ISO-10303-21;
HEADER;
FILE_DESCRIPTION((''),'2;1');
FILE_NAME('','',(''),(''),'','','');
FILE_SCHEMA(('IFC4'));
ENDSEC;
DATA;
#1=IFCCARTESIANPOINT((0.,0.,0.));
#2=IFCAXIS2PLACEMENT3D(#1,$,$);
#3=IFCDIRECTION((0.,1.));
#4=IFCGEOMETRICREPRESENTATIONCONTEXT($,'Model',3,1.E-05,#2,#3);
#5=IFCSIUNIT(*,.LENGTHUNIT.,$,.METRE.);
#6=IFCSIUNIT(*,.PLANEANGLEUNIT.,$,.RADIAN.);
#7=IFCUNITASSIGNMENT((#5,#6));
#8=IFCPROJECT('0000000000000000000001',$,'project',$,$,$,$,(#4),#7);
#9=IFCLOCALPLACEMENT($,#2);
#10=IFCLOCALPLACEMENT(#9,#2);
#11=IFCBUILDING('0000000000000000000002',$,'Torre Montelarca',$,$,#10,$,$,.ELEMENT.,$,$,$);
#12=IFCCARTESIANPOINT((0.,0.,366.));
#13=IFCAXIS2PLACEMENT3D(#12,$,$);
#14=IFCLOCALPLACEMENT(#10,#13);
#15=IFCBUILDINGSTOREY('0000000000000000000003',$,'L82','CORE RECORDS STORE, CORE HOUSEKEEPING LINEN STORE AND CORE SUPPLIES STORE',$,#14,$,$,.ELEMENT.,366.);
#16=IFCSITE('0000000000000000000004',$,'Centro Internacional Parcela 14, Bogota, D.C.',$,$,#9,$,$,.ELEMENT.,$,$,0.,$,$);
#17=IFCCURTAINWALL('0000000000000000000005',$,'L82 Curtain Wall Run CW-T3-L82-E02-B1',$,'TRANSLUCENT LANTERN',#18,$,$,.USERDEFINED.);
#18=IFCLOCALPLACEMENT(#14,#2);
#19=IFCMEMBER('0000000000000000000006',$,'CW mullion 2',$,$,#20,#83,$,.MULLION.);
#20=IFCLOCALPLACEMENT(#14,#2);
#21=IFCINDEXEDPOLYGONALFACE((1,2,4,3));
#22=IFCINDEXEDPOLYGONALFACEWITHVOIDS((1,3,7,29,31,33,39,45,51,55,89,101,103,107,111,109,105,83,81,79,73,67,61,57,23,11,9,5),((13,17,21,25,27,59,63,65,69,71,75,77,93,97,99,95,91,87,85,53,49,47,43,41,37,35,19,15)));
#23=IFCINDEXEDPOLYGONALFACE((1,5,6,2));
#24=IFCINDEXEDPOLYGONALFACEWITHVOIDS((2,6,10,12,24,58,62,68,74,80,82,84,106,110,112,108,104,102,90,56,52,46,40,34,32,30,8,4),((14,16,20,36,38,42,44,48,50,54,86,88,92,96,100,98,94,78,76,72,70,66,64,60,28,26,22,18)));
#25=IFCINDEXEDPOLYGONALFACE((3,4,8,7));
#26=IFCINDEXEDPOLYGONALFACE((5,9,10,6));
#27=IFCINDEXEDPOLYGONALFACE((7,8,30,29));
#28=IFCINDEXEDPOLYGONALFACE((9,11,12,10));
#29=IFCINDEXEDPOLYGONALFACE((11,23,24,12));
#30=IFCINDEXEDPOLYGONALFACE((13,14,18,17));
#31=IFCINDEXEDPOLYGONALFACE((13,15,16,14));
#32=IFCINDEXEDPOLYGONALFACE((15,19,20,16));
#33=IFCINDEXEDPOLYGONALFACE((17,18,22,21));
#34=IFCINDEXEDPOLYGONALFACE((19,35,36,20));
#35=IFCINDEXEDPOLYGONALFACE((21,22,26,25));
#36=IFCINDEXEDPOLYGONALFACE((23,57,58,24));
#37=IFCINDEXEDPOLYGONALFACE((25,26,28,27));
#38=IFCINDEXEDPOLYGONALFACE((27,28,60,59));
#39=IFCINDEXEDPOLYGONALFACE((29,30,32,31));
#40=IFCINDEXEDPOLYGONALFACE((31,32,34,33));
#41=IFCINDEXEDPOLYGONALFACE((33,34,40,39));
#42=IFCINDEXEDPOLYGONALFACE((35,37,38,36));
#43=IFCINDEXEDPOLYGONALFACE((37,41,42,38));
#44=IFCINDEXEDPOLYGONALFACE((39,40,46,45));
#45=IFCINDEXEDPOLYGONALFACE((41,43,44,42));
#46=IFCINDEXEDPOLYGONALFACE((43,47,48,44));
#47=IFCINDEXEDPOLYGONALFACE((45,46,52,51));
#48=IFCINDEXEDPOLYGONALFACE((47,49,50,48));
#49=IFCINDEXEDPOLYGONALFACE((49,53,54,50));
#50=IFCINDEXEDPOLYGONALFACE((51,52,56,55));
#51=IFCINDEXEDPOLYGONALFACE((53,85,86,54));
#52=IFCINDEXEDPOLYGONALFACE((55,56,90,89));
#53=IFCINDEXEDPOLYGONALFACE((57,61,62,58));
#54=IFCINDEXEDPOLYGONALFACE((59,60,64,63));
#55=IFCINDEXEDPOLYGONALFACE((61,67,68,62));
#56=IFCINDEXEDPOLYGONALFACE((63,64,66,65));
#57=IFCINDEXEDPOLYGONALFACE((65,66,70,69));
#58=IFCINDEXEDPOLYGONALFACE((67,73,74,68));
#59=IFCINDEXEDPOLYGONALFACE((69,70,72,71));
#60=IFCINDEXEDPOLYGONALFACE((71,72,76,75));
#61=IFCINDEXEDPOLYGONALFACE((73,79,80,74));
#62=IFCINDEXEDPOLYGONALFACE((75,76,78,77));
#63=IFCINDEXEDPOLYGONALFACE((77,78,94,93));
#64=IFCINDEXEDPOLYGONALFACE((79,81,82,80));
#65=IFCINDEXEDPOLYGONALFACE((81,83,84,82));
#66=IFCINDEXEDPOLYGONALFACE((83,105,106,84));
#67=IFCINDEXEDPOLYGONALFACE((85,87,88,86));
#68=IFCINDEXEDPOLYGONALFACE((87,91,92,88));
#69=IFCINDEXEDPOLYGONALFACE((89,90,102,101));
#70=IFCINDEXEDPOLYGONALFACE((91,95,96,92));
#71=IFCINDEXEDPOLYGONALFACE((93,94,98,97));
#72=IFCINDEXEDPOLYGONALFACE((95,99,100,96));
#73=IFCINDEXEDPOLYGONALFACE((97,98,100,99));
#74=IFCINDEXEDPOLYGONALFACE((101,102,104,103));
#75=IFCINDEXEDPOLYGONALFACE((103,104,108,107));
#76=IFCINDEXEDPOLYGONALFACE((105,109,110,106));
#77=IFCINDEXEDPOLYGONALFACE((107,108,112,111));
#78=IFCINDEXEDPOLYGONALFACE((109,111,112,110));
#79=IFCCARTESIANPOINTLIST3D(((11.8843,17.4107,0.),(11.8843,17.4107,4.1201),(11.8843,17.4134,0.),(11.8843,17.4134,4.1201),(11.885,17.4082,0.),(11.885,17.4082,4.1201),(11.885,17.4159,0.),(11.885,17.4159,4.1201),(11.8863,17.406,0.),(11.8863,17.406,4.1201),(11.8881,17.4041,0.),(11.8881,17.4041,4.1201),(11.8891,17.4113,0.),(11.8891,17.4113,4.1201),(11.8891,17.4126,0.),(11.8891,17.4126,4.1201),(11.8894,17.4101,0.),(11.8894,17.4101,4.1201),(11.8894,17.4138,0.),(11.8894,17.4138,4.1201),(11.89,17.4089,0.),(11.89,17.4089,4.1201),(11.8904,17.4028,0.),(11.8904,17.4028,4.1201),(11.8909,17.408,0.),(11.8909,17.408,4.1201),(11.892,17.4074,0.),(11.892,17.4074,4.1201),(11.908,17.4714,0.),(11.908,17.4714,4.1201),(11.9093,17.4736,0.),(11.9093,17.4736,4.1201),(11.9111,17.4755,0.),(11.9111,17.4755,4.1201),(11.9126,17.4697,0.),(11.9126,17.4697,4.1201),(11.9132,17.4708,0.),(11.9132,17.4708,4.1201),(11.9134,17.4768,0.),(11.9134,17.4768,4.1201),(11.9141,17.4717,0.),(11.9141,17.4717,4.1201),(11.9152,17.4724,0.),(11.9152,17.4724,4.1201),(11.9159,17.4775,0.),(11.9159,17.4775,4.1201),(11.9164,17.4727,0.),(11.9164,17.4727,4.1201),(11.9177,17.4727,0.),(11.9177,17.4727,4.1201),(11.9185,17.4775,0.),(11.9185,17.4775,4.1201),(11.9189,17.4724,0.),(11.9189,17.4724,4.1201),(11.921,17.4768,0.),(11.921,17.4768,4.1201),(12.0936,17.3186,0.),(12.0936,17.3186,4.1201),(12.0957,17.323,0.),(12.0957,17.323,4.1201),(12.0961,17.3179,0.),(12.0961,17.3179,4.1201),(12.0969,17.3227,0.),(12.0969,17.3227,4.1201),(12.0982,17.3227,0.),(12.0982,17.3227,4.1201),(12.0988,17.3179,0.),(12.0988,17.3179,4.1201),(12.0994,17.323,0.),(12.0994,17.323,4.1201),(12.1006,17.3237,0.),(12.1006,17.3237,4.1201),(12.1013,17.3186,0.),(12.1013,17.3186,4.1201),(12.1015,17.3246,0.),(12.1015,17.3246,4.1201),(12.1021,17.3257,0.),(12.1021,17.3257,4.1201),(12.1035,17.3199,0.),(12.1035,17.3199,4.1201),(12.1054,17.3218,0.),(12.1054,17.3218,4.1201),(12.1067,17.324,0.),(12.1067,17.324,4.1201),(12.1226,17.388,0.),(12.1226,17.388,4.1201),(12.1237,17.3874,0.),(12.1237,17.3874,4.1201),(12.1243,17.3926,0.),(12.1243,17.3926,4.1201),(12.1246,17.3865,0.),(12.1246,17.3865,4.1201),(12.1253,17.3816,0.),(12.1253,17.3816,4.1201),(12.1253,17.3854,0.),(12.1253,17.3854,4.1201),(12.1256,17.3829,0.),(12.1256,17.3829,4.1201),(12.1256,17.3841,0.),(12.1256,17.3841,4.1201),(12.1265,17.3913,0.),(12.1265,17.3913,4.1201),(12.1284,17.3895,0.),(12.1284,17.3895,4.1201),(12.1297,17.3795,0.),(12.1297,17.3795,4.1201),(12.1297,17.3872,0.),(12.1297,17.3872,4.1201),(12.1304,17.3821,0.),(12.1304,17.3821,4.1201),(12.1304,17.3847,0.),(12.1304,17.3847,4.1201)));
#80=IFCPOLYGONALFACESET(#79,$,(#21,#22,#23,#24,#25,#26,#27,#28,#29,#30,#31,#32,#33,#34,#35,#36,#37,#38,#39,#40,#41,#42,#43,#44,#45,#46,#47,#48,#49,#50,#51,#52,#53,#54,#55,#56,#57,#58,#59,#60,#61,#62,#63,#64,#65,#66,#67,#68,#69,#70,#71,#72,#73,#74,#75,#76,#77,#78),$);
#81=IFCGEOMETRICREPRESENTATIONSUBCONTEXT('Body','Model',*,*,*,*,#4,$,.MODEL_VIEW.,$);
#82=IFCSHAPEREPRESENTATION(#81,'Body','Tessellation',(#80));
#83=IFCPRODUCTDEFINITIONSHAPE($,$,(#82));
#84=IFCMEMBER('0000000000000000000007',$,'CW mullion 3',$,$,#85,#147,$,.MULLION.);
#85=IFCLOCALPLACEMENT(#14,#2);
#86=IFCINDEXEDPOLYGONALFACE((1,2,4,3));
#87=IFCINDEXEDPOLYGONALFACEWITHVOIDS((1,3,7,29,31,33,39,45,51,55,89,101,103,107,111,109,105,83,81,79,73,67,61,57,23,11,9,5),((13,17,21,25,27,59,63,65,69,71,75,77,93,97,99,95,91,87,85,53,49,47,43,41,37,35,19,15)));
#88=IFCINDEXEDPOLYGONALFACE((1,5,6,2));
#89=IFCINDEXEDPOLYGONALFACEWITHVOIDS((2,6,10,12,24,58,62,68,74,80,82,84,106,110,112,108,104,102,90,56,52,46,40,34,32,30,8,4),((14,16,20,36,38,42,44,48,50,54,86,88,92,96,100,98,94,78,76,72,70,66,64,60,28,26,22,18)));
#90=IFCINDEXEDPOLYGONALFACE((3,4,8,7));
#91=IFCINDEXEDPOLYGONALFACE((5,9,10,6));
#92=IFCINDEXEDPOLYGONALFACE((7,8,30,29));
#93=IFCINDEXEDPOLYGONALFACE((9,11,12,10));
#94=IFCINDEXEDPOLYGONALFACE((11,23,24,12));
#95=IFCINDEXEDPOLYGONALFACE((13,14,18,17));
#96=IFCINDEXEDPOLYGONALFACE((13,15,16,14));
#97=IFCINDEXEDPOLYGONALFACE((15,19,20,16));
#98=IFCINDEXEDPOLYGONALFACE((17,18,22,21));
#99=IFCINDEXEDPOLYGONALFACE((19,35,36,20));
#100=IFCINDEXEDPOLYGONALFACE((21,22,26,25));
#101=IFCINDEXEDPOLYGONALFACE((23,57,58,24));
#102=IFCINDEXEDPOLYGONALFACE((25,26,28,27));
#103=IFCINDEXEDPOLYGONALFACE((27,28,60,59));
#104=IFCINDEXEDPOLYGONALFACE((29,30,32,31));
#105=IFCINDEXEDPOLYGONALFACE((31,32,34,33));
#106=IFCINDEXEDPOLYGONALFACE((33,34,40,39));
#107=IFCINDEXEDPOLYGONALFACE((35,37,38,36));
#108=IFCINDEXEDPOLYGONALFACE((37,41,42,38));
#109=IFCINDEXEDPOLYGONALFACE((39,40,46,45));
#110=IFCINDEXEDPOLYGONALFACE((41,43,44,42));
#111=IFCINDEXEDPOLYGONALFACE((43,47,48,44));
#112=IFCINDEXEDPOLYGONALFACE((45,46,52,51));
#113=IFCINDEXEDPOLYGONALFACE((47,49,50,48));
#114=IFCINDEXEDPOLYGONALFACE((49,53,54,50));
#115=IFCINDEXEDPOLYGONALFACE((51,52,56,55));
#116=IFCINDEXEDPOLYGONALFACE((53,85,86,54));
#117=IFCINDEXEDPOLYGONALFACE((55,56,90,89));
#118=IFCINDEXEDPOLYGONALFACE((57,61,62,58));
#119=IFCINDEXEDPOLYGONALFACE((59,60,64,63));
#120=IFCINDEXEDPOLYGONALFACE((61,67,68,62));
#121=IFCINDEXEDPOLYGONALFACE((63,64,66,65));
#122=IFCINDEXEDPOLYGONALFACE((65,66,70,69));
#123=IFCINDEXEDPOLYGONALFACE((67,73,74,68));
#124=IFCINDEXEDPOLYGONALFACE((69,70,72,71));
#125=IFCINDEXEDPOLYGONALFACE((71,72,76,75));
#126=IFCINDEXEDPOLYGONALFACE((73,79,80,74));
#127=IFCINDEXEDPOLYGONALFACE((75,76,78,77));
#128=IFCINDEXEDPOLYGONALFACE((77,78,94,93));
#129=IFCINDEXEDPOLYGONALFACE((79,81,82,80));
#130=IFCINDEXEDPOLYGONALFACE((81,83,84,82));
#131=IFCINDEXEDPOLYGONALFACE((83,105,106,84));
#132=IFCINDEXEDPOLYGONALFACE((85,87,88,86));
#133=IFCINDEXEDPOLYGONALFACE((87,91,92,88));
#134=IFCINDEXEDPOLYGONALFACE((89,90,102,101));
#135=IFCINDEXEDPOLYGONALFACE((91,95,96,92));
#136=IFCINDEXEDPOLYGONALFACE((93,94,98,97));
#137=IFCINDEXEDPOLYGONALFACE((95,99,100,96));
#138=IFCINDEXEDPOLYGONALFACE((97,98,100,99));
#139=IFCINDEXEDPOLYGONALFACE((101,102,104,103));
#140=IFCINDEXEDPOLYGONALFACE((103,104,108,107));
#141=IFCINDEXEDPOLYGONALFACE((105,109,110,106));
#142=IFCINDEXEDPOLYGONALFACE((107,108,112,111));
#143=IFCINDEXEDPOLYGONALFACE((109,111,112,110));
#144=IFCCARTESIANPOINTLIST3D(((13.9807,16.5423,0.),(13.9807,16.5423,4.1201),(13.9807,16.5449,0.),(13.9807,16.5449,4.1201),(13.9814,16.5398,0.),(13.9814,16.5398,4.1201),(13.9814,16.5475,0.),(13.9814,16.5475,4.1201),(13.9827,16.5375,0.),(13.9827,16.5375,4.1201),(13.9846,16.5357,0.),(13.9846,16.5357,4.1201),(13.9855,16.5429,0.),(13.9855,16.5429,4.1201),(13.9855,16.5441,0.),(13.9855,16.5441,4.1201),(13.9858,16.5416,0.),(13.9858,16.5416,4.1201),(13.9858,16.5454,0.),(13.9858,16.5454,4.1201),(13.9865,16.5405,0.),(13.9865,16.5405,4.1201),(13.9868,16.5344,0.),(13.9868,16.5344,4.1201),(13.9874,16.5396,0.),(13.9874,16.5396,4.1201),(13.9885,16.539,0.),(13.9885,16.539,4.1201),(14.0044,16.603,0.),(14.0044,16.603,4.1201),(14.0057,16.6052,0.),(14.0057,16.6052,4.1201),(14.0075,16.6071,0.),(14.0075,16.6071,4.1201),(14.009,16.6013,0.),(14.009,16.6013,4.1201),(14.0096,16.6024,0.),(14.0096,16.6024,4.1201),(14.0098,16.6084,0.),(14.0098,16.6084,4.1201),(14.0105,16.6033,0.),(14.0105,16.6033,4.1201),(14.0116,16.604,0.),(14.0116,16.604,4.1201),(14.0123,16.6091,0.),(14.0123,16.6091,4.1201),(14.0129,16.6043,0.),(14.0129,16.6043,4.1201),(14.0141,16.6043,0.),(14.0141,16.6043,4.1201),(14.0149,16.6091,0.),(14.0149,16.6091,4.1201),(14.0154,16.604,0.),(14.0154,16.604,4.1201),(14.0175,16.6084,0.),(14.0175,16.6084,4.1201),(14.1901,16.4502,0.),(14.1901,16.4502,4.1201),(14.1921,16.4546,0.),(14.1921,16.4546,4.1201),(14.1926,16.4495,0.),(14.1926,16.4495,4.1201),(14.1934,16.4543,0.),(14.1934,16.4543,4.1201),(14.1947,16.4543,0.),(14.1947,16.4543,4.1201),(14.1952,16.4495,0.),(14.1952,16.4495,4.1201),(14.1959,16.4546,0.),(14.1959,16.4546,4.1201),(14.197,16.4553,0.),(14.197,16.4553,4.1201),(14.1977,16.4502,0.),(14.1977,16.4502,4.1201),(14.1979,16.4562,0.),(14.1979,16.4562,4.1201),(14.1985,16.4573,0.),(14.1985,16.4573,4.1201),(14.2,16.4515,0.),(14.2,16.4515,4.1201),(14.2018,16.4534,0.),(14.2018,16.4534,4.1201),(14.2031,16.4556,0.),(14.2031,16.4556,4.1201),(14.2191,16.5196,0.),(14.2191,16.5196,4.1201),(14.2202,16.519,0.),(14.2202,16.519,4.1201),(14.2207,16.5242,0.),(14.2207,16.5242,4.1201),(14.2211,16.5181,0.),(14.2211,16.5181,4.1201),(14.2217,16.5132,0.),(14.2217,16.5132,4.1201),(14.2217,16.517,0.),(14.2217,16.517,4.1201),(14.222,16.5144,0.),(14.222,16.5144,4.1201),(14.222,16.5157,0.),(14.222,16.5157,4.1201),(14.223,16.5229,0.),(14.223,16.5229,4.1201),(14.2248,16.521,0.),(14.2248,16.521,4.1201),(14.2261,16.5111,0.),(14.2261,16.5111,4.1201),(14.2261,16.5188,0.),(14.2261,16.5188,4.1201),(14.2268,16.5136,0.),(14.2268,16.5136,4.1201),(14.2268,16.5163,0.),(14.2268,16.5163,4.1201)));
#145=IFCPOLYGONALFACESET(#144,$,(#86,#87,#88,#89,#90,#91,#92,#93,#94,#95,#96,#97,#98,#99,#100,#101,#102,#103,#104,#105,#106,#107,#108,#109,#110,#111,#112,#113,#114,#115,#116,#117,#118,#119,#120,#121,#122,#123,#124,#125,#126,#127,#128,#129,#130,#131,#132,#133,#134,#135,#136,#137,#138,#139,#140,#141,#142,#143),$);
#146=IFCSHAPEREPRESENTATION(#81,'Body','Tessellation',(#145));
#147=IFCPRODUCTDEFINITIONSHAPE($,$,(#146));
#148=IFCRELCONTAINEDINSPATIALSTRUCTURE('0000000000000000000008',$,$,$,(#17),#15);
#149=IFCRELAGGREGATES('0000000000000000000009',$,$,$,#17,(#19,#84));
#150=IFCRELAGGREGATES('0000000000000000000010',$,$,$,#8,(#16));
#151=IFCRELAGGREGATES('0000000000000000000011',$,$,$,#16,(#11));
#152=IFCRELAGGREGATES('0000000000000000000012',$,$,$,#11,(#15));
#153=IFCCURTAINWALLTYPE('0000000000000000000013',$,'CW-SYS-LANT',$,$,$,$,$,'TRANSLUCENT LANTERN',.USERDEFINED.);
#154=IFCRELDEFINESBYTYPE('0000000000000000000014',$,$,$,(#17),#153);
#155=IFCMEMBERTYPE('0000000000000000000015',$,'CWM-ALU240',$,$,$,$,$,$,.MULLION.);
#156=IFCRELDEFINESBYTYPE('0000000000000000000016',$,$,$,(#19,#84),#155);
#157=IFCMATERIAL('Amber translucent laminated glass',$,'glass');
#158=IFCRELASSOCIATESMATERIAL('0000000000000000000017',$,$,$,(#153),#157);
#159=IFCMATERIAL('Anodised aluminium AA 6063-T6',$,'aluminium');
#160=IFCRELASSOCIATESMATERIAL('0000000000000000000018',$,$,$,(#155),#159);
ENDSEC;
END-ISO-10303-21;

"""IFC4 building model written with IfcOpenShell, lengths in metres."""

from ifc_helpers import new_model, si_unit, direction, frame, origin, origin_2d, place, context, subcontext, project, spatial, hollow_rectangle, extrude, source, transform, mapped, material, material_profile, profile_set, type_object, element, aggregate, save


model = new_model("IFC4")

# Units and contexts
model_context = context("Model", 3, precision=1e-05, world=origin(), true_north=direction((0.0, 1.0)))
body_context = subcontext(model_context, "Body", "Model", "MODEL_VIEW")
ifc_project = project(units=[si_unit("LENGTHUNIT", "METRE"), si_unit("PLANEANGLEUNIT", "RADIAN")], contexts=[model_context])

# Site, building, storey
site_placement = place(None, origin())
site = spatial("IfcSite", under=ifc_project, at=site_placement, Name="Centro Internacional Parcela 14, Bogota, D.C.", CompositionType="ELEMENT", RefElevation=0.0)
building_placement = place(site_placement, origin())
building = spatial("IfcBuilding", under=site, at=building_placement, Name="Torre Montelarca", CompositionType="ELEMENT")
storey_placement = place(building_placement, frame((0.0, 0.0, 366.0)))
storey = spatial("IfcBuildingStorey", under=building, at=storey_placement, Name="L82", Description="CORE RECORDS STORE, CORE HOUSEKEEPING LINEN STORE AND CORE SUPPLIES STORE", CompositionType="ELEMENT", Elevation=366.0)

# Curtain wall, members
ifc_material_1 = material(Name="Amber translucent laminated glass", Category="glass")
curtain_wall_type = type_object("IfcCurtainWallType", Name="CW-SYS-LANT", ElementType="TRANSLUCENT LANTERN", PredefinedType="USERDEFINED", material=ifc_material_1)
curtain_wall_placement = place(storey_placement, origin())
curtain_wall = element("IfcCurtainWall", 1, at=curtain_wall_placement, inside=storey, type_object=curtain_wall_type, Name="L82 Curtain Wall Run CW-T3-L82-E02-B1", ObjectType="TRANSLUCENT LANTERN", PredefinedType="USERDEFINED")
ifc_material_2 = material(Name="Anodised aluminium AA 6063-T6", Category="aluminium")
ifc_material_profile_1 = material_profile(ifc_material_2, hollow_rectangle(XDim=0.0801, YDim=0.24, WallThickness=0.0049, InnerFilletRadius=0.0049, OuterFilletRadius=0.01, at=origin_2d()), Name="ALU80X240X5", Category="aluminium")
ifc_profile_set_1 = profile_set([ifc_material_profile_1], Name="Anodised aluminium AA 6063-T6")
member_type_1 = type_object("IfcMemberType", Name="CWM-ALU240", PredefinedType="MULLION", material=ifc_profile_set_1)
shared_shape_1 = source(origin(), body_context, "Body", "SweptSolid", [
    extrude(hollow_rectangle(XDim=0.0801, YDim=0.24, WallThickness=0.0049, InnerFilletRadius=0.0049, OuterFilletRadius=0.01, at=origin_2d()), origin(), (0.0, 0.0, 1.0), 4.1201),
])
member_1_placement = place(storey_placement, frame((12.0073, 17.3977, 0.0), z_axis=(0.0, 0.0, 1.0), x_axis=(0.382683, 0.92388, 0.0)))
member_1 = element("IfcMember", 2, at=member_1_placement, type_object=member_type_1, Name="CW mullion 2", PredefinedType="MULLION", context=body_context, shape_type="MappedRepresentation", body=[
    mapped(shared_shape_1, transform((0.0, 0.0, 0.0), scale=1.0)),
])
member_2_placement = place(storey_placement, frame((14.1038, 16.5293, 0.0), z_axis=(0.0, 0.0, 1.0), x_axis=(0.382683, 0.92388, 0.0)))
member_2 = element("IfcMember", 3, at=member_2_placement, type_object=member_type_1, Name="CW mullion 3", PredefinedType="MULLION", context=body_context, shape_type="MappedRepresentation", body=[
    mapped(shared_shape_1, transform((0.0, 0.0, 0.0), scale=1.0)),
])

aggregate(curtain_wall, [member_1, member_2])

save(model, "model.ifc")
